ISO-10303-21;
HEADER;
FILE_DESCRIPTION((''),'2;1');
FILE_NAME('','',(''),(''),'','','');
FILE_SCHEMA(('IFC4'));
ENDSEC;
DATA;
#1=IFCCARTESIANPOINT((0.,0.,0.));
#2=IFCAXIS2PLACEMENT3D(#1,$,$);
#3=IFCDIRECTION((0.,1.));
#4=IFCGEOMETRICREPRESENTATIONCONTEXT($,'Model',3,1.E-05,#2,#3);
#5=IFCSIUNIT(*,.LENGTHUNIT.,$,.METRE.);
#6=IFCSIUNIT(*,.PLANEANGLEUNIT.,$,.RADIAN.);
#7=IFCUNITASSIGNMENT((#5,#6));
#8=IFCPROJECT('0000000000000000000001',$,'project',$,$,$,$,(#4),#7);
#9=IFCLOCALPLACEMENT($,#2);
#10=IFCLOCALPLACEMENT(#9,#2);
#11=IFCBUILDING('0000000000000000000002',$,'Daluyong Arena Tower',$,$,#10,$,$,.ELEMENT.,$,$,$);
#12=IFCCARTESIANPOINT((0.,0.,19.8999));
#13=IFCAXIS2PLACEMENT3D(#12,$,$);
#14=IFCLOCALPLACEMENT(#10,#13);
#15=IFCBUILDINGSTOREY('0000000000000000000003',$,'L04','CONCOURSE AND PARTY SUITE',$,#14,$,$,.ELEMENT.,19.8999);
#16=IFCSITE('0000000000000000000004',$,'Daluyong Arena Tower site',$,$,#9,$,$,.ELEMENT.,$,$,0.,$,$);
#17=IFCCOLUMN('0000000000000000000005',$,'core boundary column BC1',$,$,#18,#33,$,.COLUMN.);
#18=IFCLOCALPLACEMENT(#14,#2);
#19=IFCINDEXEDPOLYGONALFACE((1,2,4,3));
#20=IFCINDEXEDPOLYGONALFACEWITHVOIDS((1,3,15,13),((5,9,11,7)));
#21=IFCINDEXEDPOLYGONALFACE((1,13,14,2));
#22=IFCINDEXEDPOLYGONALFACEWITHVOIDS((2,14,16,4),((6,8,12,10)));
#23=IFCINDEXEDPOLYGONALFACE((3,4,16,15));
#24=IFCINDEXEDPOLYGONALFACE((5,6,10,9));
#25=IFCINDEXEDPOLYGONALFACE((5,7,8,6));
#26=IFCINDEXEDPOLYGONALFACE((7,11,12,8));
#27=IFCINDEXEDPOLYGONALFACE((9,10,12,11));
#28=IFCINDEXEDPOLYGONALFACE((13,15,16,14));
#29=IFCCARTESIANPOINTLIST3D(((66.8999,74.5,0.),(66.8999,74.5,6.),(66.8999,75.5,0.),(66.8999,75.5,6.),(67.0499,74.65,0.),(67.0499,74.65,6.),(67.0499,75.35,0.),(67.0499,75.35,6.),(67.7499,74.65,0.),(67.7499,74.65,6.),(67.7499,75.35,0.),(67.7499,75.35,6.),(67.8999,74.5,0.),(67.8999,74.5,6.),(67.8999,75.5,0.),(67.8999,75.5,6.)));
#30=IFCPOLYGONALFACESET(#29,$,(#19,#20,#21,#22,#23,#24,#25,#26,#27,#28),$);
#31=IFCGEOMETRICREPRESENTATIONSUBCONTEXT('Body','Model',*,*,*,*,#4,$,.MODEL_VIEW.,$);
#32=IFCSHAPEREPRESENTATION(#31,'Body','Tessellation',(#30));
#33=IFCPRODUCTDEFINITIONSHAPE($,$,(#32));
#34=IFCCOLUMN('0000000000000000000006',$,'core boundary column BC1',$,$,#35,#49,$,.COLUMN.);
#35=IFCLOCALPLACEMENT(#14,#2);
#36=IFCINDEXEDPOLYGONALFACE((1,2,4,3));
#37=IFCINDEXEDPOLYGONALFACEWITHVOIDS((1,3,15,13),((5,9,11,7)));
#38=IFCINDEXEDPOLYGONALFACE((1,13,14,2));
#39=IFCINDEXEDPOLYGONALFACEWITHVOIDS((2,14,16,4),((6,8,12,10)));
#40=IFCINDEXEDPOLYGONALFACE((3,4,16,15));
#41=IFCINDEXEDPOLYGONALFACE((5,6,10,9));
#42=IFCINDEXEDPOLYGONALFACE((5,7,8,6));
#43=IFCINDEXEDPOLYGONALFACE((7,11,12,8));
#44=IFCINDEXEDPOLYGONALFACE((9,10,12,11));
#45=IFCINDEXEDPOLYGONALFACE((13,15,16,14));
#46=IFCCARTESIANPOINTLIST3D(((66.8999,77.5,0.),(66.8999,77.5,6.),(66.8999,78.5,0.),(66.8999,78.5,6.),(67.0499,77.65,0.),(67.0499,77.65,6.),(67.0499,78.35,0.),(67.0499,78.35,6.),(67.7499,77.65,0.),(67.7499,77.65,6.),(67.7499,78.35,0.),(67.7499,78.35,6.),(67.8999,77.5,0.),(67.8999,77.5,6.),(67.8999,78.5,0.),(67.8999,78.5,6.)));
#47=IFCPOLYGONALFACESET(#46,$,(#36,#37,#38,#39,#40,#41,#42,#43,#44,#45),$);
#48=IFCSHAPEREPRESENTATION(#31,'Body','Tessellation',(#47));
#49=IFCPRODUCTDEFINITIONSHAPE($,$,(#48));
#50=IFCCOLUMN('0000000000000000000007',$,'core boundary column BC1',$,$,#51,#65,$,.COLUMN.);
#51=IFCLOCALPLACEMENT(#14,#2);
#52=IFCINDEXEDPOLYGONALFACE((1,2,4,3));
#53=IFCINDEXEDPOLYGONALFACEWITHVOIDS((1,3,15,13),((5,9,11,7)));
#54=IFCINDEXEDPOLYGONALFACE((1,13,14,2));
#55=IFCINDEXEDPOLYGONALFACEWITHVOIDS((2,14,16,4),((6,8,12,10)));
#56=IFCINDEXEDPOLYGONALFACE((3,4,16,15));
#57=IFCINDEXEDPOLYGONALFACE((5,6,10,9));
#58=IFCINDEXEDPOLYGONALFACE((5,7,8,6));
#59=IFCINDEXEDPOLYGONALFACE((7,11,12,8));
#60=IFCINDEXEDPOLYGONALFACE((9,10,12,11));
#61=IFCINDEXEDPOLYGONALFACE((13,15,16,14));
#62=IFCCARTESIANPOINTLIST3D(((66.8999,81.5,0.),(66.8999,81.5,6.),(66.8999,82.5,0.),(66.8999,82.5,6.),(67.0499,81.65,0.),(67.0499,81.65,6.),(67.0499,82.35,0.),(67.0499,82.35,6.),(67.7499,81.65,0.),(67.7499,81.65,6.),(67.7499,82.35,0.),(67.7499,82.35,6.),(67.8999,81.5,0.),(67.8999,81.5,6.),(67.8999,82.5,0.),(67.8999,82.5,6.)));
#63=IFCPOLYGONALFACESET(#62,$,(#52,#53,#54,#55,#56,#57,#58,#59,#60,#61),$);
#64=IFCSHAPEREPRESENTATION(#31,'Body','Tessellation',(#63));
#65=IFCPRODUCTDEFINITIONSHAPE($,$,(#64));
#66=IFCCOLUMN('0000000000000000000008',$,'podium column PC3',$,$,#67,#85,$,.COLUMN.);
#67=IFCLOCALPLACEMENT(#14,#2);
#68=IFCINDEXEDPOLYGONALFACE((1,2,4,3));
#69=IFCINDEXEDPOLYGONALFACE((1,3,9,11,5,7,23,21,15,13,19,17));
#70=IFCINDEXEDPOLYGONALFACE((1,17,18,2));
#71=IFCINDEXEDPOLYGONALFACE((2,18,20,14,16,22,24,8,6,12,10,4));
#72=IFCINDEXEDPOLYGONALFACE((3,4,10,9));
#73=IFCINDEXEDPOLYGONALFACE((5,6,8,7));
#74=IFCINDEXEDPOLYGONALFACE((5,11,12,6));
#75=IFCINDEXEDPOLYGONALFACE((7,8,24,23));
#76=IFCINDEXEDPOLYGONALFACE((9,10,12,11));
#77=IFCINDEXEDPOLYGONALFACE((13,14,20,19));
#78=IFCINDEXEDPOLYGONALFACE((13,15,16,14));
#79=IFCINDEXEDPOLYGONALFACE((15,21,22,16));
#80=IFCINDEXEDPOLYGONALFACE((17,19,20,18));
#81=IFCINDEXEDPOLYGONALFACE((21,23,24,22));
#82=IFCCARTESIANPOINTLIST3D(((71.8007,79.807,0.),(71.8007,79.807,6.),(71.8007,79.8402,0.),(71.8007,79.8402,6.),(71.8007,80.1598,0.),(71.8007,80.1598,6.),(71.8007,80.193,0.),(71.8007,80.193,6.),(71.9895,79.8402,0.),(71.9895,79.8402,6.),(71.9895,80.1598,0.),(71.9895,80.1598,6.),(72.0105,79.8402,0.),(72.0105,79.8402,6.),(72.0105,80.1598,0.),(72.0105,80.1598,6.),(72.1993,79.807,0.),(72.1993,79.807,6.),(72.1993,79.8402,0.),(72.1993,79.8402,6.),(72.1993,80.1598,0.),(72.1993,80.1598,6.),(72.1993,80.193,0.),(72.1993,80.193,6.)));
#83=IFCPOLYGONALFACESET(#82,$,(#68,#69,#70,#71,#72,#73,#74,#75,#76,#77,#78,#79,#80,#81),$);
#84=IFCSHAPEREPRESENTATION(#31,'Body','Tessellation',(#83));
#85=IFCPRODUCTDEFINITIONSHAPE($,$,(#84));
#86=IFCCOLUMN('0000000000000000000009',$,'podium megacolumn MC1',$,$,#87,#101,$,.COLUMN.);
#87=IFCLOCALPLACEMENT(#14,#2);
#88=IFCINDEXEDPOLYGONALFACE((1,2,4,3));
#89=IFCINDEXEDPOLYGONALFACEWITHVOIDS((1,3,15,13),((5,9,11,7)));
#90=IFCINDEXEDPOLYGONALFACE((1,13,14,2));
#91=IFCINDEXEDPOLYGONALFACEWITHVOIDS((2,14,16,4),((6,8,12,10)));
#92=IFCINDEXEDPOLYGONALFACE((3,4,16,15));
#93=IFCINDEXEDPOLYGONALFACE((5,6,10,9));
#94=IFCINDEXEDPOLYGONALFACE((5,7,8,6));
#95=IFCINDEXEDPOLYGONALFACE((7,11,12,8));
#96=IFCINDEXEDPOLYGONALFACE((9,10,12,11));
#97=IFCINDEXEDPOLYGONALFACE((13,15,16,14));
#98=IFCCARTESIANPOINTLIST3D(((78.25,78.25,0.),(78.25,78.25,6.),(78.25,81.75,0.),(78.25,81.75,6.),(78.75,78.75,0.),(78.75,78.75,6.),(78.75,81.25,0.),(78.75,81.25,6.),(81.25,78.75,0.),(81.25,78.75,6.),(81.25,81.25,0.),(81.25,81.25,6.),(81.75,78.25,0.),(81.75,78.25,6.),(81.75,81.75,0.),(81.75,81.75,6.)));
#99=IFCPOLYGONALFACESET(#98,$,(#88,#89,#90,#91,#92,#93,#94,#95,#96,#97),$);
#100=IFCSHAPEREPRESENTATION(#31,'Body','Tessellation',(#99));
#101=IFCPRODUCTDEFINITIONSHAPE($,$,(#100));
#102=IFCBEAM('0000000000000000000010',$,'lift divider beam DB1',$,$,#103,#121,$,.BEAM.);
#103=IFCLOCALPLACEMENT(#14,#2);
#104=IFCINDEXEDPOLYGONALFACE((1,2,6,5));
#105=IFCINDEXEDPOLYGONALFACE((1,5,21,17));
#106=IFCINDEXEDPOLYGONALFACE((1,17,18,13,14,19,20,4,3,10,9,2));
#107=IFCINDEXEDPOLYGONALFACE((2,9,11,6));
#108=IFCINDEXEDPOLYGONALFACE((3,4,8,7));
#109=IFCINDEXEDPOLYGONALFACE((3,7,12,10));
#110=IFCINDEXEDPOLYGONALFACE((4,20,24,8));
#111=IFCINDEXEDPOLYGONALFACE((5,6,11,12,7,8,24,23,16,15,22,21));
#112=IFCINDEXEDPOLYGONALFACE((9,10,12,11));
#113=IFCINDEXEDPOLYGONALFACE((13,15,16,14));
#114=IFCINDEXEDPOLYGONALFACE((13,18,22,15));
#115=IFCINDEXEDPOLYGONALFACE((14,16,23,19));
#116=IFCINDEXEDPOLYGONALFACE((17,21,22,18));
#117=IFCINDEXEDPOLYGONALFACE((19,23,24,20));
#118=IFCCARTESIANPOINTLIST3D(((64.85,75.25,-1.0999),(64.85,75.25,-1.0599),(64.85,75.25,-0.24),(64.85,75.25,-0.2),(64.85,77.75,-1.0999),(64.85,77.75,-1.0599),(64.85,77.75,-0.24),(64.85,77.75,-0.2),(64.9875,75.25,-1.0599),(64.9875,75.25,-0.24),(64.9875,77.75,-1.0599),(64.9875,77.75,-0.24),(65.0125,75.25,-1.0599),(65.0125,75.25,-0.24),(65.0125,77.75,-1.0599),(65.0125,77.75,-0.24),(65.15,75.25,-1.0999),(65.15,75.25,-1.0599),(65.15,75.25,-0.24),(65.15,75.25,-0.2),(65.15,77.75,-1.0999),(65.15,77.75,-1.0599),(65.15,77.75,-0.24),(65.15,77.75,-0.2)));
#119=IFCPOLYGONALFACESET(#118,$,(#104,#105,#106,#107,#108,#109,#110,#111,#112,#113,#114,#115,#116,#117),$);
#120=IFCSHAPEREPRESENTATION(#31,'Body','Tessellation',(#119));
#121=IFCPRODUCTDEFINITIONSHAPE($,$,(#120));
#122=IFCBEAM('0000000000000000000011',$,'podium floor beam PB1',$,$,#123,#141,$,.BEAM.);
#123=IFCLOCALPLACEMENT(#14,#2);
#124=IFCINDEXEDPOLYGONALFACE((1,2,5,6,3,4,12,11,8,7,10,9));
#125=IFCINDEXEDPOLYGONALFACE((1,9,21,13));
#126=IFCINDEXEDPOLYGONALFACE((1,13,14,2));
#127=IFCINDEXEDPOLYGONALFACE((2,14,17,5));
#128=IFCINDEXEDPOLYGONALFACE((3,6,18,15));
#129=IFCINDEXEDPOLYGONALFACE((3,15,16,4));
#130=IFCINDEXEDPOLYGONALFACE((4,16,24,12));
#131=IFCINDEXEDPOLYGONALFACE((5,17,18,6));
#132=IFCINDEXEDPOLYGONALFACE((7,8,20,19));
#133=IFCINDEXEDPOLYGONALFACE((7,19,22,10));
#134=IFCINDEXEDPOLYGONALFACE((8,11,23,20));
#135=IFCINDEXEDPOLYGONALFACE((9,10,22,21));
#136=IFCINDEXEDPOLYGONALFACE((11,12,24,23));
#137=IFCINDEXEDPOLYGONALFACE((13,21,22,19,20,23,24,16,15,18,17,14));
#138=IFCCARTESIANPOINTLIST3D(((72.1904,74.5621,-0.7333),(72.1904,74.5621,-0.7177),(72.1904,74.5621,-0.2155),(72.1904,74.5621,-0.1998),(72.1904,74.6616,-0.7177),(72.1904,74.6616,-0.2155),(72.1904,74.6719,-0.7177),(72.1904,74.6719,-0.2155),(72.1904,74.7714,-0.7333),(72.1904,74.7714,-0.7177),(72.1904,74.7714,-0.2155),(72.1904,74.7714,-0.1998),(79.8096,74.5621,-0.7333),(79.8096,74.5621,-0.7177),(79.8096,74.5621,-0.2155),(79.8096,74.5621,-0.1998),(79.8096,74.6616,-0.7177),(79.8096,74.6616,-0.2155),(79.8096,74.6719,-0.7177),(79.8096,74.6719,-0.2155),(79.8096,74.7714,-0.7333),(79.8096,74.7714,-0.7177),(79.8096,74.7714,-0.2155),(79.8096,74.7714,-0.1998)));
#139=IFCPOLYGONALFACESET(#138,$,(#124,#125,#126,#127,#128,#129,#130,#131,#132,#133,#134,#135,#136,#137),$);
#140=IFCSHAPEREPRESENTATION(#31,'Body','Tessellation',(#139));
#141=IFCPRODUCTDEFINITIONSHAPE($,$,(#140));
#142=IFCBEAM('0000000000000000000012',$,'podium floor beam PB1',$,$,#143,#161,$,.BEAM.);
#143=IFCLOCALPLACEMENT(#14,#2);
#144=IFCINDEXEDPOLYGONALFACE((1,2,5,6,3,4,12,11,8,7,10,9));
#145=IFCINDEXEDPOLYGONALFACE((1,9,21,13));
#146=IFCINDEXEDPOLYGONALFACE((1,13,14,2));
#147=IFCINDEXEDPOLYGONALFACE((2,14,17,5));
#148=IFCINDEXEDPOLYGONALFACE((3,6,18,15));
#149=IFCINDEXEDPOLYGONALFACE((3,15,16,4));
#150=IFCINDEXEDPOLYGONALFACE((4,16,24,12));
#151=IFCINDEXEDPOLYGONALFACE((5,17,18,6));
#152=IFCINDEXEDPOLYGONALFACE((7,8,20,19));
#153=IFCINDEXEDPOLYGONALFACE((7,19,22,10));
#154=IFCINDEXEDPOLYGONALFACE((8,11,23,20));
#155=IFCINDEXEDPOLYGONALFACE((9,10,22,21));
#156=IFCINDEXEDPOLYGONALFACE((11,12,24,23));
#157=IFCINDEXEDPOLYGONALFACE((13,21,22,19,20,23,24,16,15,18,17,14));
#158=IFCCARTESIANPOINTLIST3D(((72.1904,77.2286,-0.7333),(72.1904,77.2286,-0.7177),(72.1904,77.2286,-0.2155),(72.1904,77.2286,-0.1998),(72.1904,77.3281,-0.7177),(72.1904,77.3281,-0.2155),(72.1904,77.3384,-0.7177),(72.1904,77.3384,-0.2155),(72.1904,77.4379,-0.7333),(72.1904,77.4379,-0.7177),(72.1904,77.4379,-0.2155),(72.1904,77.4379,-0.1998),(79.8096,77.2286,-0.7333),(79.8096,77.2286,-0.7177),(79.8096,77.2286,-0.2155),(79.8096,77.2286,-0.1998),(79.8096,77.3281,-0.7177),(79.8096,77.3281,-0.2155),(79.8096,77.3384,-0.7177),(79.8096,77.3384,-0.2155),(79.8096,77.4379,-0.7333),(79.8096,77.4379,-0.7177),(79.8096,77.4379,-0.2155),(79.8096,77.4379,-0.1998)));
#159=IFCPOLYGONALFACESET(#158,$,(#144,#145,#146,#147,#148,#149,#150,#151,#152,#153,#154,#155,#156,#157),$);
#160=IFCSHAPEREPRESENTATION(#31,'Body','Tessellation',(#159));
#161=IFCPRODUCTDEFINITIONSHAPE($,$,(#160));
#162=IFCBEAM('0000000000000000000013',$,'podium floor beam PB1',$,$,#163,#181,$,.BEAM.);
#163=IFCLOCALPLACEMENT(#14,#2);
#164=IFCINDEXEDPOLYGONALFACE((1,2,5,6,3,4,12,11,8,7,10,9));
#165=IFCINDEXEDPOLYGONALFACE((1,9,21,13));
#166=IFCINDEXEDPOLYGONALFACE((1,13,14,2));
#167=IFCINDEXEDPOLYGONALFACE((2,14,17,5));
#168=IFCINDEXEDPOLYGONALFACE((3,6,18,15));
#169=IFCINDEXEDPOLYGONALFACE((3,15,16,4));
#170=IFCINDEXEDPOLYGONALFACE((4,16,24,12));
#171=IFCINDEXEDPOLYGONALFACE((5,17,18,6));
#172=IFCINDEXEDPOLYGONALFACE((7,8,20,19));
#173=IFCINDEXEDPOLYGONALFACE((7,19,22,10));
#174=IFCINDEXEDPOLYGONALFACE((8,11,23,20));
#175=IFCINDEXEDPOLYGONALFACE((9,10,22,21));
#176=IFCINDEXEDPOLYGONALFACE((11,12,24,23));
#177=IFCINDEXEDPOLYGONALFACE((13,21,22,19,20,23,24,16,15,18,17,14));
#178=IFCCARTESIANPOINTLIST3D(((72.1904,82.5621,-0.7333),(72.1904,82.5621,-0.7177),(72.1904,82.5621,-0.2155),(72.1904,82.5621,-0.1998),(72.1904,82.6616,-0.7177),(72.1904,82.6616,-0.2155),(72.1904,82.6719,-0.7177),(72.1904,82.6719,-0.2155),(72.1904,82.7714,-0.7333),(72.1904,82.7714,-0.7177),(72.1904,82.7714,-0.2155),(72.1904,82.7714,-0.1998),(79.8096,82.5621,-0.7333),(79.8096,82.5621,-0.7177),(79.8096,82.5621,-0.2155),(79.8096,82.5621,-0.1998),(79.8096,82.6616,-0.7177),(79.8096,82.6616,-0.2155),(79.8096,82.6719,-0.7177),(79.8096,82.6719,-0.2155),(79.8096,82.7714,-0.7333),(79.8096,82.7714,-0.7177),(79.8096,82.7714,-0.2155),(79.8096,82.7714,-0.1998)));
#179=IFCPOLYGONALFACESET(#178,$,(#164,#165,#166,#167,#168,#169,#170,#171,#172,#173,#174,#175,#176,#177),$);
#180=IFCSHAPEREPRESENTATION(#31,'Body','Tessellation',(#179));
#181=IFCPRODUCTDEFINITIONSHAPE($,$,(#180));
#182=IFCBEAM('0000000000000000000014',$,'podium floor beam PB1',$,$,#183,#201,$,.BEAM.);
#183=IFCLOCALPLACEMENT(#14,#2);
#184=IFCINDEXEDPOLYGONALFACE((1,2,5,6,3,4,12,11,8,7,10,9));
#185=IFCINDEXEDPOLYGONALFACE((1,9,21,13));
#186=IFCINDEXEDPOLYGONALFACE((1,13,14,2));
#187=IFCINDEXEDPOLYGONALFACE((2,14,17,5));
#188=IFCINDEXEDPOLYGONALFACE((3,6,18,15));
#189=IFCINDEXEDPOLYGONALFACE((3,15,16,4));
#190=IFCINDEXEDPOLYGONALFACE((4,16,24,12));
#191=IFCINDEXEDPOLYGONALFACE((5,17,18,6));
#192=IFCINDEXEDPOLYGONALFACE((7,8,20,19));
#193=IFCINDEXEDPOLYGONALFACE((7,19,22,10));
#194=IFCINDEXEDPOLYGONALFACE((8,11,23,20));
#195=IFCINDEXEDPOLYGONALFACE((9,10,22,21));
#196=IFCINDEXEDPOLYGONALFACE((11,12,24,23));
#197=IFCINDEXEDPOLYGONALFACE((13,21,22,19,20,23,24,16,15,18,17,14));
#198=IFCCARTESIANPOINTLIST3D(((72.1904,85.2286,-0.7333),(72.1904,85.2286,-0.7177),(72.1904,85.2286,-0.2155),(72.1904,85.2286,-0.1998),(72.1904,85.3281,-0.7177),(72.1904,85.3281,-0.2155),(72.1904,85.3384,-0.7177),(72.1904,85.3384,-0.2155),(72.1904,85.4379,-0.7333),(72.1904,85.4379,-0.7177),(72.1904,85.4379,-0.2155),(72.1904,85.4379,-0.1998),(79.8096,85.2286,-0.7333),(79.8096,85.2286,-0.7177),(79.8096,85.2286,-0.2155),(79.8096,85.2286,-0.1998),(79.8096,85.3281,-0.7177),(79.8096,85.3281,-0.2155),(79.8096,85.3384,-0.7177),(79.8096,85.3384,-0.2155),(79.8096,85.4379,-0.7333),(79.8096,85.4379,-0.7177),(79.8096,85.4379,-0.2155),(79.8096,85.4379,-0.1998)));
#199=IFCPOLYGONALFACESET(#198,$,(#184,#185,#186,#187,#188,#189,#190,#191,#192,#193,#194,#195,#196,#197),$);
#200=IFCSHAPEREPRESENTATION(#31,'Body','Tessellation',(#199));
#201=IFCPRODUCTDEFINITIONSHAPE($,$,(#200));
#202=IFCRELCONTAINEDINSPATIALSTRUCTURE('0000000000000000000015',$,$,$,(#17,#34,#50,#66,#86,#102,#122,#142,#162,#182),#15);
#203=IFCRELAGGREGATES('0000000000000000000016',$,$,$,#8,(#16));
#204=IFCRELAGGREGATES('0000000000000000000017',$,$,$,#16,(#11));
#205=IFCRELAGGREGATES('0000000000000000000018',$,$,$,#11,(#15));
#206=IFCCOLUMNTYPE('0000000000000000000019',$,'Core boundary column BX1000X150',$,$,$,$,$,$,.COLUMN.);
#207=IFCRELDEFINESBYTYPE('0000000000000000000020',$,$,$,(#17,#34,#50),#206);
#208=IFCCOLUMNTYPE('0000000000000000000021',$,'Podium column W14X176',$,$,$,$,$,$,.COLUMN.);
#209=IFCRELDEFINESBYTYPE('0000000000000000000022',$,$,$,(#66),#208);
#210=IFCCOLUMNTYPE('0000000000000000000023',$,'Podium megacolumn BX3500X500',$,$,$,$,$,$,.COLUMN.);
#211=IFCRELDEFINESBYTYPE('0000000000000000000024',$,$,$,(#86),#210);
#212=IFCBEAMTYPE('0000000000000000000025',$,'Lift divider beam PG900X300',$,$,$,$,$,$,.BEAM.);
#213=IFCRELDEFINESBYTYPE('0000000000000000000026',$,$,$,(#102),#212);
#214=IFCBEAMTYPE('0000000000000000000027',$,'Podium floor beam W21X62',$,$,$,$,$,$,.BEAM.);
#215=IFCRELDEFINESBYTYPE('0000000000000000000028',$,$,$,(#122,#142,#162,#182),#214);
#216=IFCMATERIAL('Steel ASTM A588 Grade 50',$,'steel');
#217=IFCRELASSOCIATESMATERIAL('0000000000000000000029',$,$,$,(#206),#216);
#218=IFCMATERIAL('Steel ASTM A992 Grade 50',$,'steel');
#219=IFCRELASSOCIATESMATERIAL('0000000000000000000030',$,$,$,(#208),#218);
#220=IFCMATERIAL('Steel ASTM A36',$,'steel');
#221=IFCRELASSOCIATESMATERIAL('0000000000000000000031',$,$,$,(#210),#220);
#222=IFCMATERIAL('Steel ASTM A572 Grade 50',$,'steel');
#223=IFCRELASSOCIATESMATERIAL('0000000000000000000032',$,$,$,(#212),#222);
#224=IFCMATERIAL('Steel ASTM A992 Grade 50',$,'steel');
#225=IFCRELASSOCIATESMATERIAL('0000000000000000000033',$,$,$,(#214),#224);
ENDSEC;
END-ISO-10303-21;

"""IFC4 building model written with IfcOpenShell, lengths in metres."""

from ifc_helpers import new_model, si_unit, direction, frame, origin, origin_2d, place, context, subcontext, project, spatial, hollow_rectangle, i_section, extrude, material, material_profile, profile_set, type_object, element, save


model = new_model("IFC4")

# Units and contexts
model_context = context("Model", 3, precision=1e-05, world=origin(), true_north=direction((0.0, 1.0)))
body_context = subcontext(model_context, "Body", "Model", "MODEL_VIEW")
ifc_project = project(units=[si_unit("LENGTHUNIT", "METRE"), si_unit("PLANEANGLEUNIT", "RADIAN")], contexts=[model_context])

# Site, building, storey
site_placement = place(None, origin())
site = spatial("IfcSite", under=ifc_project, at=site_placement, Name="Daluyong Arena Tower site", CompositionType="ELEMENT", RefElevation=0.0)
building_placement = place(site_placement, origin())
building = spatial("IfcBuilding", under=site, at=building_placement, Name="Daluyong Arena Tower", CompositionType="ELEMENT")
storey_placement = place(building_placement, frame((0.0, 0.0, 19.8999)))
storey = spatial("IfcBuildingStorey", under=building, at=storey_placement, Name="L04", Description="CONCOURSE AND PARTY SUITE", CompositionType="ELEMENT", Elevation=19.8999)

# Columns
ifc_material_1 = material(Name="Steel ASTM A588 Grade 50", Category="steel")
ifc_material_profile_1 = material_profile(ifc_material_1, hollow_rectangle(XDim=1.0, YDim=1.0, WallThickness=0.15, at=origin_2d()))
ifc_profile_set_1 = profile_set([ifc_material_profile_1], Name="Steel ASTM A588 Grade 50")
column_type_1 = type_object("IfcColumnType", Name="Core boundary column BX1000X150", PredefinedType="COLUMN", material=ifc_profile_set_1)
for number, where, z_axis, x_axis, name in (
    (1, (67.3999, 75.0, 0.0), (0.0, 0.0, 1.0), (1.0, 0.0, 0.0), "core boundary column BC1"),
    (2, (67.3999, 78.0, 0.0), (0.0, 0.0, 1.0), (1.0, 0.0, 0.0), "core boundary column BC1"),
    (3, (67.3999, 82.0, 0.0), (0.0, 0.0, 1.0), (1.0, 0.0, 0.0), "core boundary column BC1"),
):
    element("IfcColumn", number, at=place(storey_placement, frame(where, z_axis=z_axis, x_axis=x_axis)), inside=storey, type_object=column_type_1, Name=name, PredefinedType="COLUMN", context=body_context, shape_type="SweptSolid", body=[
        extrude(hollow_rectangle(XDim=1.0, YDim=1.0, WallThickness=0.15, at=origin_2d()), origin(), (0.0, 0.0, 1.0), 6.0),
    ])
ifc_material_2 = material(Name="Steel ASTM A992 Grade 50", Category="steel")
ifc_material_profile_2 = material_profile(ifc_material_2, i_section(OverallWidth=0.3987, OverallDepth=0.386, WebThickness=0.021, FlangeThickness=0.0332, at=origin_2d()))
ifc_profile_set_2 = profile_set([ifc_material_profile_2], Name="Steel ASTM A992 Grade 50")
column_type_2 = type_object("IfcColumnType", Name="Podium column W14X176", PredefinedType="COLUMN", material=ifc_profile_set_2)
column_1_placement = place(storey_placement, frame((72.0, 80.0, 0.0), z_axis=(0.0, 0.0, 1.0), x_axis=(1.0, 0.0, 0.0)))
element("IfcColumn", 4, at=column_1_placement, inside=storey, type_object=column_type_2, Name="podium column PC3", PredefinedType="COLUMN", context=body_context, shape_type="SweptSolid", body=[
    extrude(i_section(OverallWidth=0.3987, OverallDepth=0.386, WebThickness=0.021, FlangeThickness=0.0332, at=origin_2d()), origin(), (0.0, 0.0, 1.0), 6.0),
])
ifc_material_3 = material(Name="Steel ASTM A36", Category="steel")
ifc_material_profile_3 = material_profile(ifc_material_3, hollow_rectangle(XDim=3.5, YDim=3.5, WallThickness=0.5, at=origin_2d()))
ifc_profile_set_3 = profile_set([ifc_material_profile_3], Name="Steel ASTM A36")
column_type_3 = type_object("IfcColumnType", Name="Podium megacolumn BX3500X500", PredefinedType="COLUMN", material=ifc_profile_set_3)
column_2_placement = place(storey_placement, frame((80.0, 80.0, 0.0), z_axis=(0.0, 0.0, 1.0), x_axis=(1.0, 0.0, 0.0)))
element("IfcColumn", 5, at=column_2_placement, inside=storey, type_object=column_type_3, Name="podium megacolumn MC1", PredefinedType="COLUMN", context=body_context, shape_type="SweptSolid", body=[
    extrude(hollow_rectangle(XDim=3.5, YDim=3.5, WallThickness=0.5, at=origin_2d()), origin(), (0.0, 0.0, 1.0), 6.0),
])

# Beams
ifc_material_4 = material(Name="Steel ASTM A572 Grade 50", Category="steel")
ifc_material_profile_4 = material_profile(ifc_material_4, i_section(OverallWidth=0.3, OverallDepth=0.8999, WebThickness=0.025, FlangeThickness=0.04, at=origin_2d()))
ifc_profile_set_4 = profile_set([ifc_material_profile_4], Name="Steel ASTM A572 Grade 50")
beam_type_1 = type_object("IfcBeamType", Name="Lift divider beam PG900X300", PredefinedType="BEAM", material=ifc_profile_set_4)
beam_placement = place(storey_placement, frame((65.0, 75.25, -0.6499), z_axis=(0.0, 1.0, 0.0), x_axis=(-1.0, 0.0, 0.0)))
element("IfcBeam", 6, at=beam_placement, inside=storey, type_object=beam_type_1, Name="lift divider beam DB1", PredefinedType="BEAM", context=body_context, shape_type="SweptSolid", body=[
    extrude(i_section(OverallWidth=0.3, OverallDepth=0.8999, WebThickness=0.025, FlangeThickness=0.04, at=origin_2d()), origin(), (0.0, 0.0, 1.0), 2.5),
])
ifc_material_5 = material(Name="Steel ASTM A992 Grade 50", Category="steel")
ifc_material_profile_5 = material_profile(ifc_material_5, i_section(OverallWidth=0.2092, OverallDepth=0.5334, WebThickness=0.0103, FlangeThickness=0.0156, at=origin_2d()))
ifc_profile_set_5 = profile_set([ifc_material_profile_5], Name="Steel ASTM A992 Grade 50")
beam_type_2 = type_object("IfcBeamType", Name="Podium floor beam W21X62", PredefinedType="BEAM", material=ifc_profile_set_5)
for number, where, z_axis, x_axis, name in (
    (7, (72.1904, 74.6667, -0.4666), (1.0, 0.0, 0.0), (0.0, 1.0, 0.0), "podium floor beam PB1"),
    (8, (72.1904, 77.3333, -0.4666), (1.0, 0.0, 0.0), (0.0, 1.0, 0.0), "podium floor beam PB1"),
    (9, (72.1904, 82.6667, -0.4666), (1.0, 0.0, 0.0), (0.0, 1.0, 0.0), "podium floor beam PB1"),
    (10, (72.1904, 85.3333, -0.4666), (1.0, 0.0, 0.0), (0.0, 1.0, 0.0), "podium floor beam PB1"),
):
    element("IfcBeam", number, at=place(storey_placement, frame(where, z_axis=z_axis, x_axis=x_axis)), inside=storey, type_object=beam_type_2, Name=name, PredefinedType="BEAM", context=body_context, shape_type="SweptSolid", body=[
        extrude(i_section(OverallWidth=0.2092, OverallDepth=0.5334, WebThickness=0.0103, FlangeThickness=0.0156, at=origin_2d()), origin(), (0.0, 0.0, 1.0), 7.6191),
    ])

save(model, "model.ifc")
